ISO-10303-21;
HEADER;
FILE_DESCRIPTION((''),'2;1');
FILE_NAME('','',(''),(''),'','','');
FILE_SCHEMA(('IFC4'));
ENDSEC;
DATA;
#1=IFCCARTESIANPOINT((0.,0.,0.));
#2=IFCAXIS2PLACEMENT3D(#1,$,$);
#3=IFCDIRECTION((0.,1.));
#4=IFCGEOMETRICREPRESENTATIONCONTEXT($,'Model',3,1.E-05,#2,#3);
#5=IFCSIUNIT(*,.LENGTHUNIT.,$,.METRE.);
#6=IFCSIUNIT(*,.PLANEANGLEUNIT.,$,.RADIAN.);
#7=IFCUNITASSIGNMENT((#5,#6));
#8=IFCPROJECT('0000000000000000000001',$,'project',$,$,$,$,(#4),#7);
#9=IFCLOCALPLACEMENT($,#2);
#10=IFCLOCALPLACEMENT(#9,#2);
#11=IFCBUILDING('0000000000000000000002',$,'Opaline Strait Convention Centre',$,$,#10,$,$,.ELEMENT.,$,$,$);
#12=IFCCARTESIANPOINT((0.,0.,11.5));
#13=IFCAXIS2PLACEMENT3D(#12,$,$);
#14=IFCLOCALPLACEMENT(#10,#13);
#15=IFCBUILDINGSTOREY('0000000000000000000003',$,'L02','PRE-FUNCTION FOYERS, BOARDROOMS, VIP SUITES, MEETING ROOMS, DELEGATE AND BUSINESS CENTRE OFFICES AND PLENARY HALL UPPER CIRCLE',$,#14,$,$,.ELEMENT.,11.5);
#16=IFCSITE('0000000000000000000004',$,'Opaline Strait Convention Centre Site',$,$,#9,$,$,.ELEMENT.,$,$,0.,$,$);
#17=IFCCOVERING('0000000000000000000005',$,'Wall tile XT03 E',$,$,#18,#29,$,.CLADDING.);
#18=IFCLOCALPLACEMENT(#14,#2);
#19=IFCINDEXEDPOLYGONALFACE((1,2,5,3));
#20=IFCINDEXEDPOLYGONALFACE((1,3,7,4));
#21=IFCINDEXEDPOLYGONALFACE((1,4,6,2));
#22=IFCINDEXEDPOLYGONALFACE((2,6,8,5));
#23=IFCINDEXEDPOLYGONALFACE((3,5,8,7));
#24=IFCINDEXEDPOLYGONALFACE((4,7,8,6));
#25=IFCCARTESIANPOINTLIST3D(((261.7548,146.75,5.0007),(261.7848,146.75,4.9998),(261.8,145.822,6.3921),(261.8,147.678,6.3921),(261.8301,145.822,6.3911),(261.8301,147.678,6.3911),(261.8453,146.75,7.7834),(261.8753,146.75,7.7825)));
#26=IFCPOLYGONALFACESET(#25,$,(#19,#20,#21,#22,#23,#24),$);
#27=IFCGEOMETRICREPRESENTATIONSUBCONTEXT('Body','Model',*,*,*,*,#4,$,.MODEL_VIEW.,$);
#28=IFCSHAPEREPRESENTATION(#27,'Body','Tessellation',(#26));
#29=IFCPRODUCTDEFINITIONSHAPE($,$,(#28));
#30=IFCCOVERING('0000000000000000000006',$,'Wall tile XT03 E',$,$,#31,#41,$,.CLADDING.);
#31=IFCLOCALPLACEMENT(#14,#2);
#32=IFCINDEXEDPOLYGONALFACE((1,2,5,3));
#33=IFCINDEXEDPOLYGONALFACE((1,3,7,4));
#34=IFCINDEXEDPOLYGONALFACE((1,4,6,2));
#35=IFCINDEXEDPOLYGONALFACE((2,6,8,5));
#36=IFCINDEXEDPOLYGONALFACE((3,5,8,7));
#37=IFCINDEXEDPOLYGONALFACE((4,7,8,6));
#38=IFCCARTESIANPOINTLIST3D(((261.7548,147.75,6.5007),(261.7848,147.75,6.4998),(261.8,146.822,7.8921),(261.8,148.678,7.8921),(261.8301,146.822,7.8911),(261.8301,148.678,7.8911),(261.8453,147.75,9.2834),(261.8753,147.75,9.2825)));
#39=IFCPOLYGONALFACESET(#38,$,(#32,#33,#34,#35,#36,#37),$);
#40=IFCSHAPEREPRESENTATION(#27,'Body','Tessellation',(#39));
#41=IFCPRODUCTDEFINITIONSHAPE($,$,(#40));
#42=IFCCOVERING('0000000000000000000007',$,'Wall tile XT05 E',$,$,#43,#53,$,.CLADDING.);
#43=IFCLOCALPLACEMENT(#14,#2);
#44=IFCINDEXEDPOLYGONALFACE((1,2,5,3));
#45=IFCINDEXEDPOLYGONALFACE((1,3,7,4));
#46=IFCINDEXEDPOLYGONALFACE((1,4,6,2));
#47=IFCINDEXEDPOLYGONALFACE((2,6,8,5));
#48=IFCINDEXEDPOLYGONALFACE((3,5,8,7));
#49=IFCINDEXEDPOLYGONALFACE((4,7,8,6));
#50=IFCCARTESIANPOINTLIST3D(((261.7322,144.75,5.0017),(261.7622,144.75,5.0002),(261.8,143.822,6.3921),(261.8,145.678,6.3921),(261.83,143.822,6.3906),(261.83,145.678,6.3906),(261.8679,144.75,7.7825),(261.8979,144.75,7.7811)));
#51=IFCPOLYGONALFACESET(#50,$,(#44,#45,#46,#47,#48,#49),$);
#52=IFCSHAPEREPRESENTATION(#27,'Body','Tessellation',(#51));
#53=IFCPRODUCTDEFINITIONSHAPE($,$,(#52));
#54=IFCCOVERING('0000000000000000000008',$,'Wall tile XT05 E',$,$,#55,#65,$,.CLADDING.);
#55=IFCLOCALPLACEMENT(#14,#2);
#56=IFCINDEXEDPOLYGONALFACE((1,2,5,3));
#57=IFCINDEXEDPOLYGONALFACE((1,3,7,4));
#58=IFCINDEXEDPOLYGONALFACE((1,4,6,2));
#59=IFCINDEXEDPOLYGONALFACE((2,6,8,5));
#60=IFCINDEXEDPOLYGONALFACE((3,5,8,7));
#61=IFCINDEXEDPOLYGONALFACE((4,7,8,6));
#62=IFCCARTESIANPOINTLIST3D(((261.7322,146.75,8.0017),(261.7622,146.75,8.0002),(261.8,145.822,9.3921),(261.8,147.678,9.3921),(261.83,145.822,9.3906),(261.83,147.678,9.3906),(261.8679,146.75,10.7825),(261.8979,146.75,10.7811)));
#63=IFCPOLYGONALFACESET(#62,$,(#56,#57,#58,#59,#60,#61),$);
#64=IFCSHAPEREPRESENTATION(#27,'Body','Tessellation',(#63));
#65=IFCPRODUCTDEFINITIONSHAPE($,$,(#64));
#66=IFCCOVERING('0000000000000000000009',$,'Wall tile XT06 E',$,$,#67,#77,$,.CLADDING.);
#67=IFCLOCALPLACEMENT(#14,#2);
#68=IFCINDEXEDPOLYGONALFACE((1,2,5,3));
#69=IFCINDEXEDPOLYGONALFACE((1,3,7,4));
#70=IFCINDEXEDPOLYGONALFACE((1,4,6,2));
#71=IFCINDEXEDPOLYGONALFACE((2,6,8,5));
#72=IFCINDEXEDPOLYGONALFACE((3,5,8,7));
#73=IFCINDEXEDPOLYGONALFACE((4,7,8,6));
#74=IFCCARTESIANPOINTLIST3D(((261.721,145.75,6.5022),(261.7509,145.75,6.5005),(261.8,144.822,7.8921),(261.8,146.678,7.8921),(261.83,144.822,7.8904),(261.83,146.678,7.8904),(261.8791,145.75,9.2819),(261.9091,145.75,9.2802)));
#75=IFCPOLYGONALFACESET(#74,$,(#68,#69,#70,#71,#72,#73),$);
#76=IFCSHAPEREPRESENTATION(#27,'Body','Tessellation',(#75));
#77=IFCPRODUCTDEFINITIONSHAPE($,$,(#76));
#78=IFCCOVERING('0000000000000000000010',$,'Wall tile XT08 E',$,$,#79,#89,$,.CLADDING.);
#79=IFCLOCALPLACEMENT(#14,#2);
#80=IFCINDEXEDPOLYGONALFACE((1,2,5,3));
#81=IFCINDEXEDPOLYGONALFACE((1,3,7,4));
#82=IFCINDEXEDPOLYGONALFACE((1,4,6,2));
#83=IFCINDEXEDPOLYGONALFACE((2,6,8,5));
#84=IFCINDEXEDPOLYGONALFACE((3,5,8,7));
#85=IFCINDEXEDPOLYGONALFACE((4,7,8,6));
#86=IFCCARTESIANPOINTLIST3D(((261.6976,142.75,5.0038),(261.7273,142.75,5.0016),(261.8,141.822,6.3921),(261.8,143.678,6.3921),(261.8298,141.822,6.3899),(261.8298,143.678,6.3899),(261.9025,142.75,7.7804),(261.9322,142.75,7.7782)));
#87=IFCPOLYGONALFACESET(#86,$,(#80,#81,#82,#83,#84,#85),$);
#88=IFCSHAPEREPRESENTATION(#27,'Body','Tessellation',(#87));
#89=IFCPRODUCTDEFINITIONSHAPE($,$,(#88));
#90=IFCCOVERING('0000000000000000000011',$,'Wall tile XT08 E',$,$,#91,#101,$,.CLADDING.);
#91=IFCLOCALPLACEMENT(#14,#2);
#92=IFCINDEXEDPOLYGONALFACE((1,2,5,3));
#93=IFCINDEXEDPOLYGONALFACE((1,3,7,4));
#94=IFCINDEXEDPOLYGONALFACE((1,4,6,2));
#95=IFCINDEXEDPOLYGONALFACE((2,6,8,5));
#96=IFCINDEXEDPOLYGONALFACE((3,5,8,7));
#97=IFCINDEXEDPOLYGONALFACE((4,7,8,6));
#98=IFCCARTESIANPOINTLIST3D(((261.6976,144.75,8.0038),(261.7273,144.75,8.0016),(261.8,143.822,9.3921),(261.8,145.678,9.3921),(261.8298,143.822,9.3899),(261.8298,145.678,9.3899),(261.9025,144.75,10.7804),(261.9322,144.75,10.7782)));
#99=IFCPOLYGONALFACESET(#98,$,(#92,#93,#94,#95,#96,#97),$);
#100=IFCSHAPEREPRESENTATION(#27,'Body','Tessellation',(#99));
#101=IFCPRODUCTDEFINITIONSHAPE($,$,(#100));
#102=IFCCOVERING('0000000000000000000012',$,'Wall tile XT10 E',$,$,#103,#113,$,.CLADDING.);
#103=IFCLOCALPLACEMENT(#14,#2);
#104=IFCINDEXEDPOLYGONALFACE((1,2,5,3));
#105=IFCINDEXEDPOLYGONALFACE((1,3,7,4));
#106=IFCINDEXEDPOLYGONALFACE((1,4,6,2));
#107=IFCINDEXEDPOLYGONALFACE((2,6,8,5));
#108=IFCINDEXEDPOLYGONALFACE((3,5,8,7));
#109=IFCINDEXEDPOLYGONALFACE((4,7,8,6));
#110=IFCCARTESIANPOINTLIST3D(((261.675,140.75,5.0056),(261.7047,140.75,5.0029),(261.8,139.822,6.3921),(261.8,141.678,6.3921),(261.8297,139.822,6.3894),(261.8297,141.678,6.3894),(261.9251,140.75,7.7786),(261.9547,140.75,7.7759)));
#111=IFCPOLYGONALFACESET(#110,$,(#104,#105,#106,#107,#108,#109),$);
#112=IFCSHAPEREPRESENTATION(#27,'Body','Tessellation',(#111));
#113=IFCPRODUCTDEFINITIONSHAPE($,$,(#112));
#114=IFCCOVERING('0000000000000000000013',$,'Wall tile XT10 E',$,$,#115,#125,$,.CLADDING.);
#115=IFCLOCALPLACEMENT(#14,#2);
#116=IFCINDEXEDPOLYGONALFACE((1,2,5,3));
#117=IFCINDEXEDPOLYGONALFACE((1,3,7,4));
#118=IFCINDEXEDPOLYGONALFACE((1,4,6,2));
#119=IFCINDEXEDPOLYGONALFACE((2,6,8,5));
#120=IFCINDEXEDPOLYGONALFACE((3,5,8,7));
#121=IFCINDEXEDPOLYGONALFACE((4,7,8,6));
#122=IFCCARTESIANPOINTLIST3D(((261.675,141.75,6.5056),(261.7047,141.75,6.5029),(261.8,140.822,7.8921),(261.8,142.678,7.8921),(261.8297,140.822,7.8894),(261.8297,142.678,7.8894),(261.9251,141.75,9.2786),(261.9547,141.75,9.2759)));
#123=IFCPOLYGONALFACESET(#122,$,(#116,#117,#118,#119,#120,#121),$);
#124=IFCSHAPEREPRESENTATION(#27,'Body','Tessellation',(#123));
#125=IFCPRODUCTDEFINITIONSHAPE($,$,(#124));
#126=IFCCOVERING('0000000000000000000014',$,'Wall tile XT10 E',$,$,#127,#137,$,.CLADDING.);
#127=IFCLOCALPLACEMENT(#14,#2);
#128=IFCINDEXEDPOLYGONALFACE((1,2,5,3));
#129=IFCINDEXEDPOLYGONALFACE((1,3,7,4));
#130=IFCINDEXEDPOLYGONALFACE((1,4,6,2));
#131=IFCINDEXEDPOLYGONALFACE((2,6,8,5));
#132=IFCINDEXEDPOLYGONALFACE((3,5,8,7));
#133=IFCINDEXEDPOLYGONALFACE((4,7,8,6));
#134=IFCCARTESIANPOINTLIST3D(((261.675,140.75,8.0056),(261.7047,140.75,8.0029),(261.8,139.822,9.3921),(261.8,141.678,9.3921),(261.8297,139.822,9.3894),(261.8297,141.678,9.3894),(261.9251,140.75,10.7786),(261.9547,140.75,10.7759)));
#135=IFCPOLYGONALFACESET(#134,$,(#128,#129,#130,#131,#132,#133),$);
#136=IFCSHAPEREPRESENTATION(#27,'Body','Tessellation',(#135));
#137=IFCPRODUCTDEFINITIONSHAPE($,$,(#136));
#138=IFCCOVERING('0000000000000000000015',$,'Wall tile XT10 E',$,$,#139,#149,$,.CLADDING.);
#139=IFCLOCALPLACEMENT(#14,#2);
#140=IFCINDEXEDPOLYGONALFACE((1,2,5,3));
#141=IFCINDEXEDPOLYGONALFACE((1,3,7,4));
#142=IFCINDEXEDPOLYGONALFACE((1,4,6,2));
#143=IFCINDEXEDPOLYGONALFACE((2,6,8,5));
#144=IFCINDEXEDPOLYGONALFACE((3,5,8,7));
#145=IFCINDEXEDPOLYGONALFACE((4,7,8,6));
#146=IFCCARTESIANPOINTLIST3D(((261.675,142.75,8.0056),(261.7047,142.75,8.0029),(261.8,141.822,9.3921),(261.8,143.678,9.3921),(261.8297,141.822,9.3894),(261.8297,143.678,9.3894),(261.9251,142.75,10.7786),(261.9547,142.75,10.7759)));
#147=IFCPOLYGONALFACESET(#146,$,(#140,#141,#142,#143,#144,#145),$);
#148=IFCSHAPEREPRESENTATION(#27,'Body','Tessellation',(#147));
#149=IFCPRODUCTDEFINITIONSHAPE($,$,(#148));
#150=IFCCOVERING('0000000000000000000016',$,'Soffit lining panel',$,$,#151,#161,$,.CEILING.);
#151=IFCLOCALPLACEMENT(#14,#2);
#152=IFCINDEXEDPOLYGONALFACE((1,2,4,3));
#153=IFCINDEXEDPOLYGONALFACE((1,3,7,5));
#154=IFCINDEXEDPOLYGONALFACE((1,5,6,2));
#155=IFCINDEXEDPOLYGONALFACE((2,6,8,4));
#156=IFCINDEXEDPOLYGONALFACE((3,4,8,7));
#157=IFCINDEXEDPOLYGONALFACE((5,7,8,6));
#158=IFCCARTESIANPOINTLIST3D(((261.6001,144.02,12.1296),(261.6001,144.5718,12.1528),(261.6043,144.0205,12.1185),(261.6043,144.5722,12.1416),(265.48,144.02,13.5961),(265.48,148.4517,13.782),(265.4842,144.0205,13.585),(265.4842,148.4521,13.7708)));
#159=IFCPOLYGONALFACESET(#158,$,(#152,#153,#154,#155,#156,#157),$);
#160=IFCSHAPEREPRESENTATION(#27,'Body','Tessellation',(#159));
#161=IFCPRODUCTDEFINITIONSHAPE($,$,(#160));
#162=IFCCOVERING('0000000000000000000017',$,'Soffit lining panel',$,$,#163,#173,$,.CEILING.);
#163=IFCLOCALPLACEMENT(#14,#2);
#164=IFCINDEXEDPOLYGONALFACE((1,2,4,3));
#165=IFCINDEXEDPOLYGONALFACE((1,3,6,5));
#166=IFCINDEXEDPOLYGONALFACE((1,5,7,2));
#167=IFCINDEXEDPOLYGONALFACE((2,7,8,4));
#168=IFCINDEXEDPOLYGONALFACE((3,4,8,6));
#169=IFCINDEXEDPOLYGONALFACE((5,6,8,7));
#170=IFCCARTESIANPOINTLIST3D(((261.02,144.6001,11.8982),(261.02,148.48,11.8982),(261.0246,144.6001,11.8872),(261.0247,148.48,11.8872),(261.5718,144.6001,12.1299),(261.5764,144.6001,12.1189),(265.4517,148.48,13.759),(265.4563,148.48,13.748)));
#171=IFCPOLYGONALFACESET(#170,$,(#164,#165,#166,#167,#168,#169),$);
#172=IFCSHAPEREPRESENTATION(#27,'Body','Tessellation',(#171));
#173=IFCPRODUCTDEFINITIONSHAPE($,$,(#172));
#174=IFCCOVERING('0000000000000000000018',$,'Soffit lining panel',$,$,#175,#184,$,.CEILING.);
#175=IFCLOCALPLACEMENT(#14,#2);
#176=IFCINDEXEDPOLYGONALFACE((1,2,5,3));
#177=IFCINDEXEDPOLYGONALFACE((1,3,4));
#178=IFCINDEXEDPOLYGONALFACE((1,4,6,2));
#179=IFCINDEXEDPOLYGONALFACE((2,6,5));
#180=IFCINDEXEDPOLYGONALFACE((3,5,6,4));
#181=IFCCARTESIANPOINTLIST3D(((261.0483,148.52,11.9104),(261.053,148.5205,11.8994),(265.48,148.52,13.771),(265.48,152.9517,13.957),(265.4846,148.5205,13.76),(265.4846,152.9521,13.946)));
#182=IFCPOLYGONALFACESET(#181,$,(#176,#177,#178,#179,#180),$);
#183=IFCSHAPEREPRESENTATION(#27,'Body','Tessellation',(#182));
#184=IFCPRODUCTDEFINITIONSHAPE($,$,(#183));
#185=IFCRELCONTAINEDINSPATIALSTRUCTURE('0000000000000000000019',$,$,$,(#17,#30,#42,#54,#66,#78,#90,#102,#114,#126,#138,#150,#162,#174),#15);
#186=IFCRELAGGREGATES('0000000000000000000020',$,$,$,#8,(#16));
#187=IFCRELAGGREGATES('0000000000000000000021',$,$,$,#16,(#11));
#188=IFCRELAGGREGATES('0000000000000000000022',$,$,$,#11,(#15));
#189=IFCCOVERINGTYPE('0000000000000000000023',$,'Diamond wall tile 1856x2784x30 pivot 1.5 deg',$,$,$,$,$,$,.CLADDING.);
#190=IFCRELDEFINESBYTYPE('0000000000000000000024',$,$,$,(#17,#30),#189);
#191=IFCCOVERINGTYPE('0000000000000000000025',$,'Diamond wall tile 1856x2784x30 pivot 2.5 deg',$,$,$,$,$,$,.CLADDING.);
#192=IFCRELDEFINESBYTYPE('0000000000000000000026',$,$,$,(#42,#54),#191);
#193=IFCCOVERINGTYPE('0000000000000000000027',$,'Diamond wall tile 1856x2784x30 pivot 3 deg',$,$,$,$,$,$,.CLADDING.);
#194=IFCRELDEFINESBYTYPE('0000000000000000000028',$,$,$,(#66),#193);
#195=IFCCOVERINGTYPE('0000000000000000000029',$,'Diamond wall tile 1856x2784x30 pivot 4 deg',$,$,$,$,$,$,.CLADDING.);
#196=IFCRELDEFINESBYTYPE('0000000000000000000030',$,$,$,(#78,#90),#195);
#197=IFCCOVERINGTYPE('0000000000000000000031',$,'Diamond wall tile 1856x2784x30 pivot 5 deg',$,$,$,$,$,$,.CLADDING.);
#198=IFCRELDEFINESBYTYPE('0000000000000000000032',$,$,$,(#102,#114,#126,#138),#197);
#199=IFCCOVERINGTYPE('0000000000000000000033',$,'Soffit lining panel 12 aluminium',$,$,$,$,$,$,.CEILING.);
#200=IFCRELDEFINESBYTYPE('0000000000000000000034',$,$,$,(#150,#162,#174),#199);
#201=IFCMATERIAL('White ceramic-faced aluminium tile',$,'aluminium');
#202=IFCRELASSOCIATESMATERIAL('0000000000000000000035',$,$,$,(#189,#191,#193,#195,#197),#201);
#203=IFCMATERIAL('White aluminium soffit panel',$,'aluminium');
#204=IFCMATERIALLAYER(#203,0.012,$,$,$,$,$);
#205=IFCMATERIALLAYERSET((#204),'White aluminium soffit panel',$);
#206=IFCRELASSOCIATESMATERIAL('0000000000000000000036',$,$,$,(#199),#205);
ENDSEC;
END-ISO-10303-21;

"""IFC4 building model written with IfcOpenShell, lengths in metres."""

from ifc_helpers import new_model, si_unit, direction, frame, origin, place, context, subcontext, project, spatial, polyline, outline, extrude, material, layer, layer_set, material_profile, profile_set, type_object, element, save


model = new_model("IFC4")

# Units and contexts
model_context = context("Model", 3, precision=1e-05, world=origin(), true_north=direction((0.0, 1.0)))
body_context = subcontext(model_context, "Body", "Model", "MODEL_VIEW")
ifc_project = project(units=[si_unit("LENGTHUNIT", "METRE"), si_unit("PLANEANGLEUNIT", "RADIAN")], contexts=[model_context])

# Site, building, storey
site_placement = place(None, origin())
site = spatial("IfcSite", under=ifc_project, at=site_placement, Name="Opaline Strait Convention Centre Site", CompositionType="ELEMENT", RefElevation=0.0)
building_placement = place(site_placement, origin())
building = spatial("IfcBuilding", under=site, at=building_placement, Name="Opaline Strait Convention Centre", CompositionType="ELEMENT")
storey_placement = place(building_placement, frame((0.0, 0.0, 11.5)))
storey = spatial("IfcBuildingStorey", under=building, at=storey_placement, Name="L02", Description="PRE-FUNCTION FOYERS, BOARDROOMS, VIP SUITES, MEETING ROOMS, DELEGATE AND BUSINESS CENTRE OFFICES AND PLENARY HALL UPPER CIRCLE", CompositionType="ELEMENT", Elevation=11.5)

# Coverings
ifc_material_1 = material(Name="White ceramic-faced aluminium tile", Category="aluminium")
ifc_material_profile_1 = material_profile(ifc_material_1, outline(polyline([(0.928, 0.0), (0.0, 1.3921), (-0.928, 0.0), (0.0, -1.3921), (0.928, 0.0)])), Name="Diamond tile 1856x2784")
ifc_profile_set_1 = profile_set([ifc_material_profile_1], Name="White ceramic-faced aluminium tile")
covering_type_1 = type_object("IfcCoveringType", Name="Diamond wall tile 1856x2784x30 pivot 1.5 deg", PredefinedType="CLADDING", material=ifc_profile_set_1)
for number, where, z_axis, x_axis, name in (
    (1, (261.8, 146.75, 6.3921), (0.999472, 0.0, -0.032503), (0.0, 1.0, 0.0), "Wall tile XT03 E"),
    (2, (261.8, 147.75, 7.8921), (0.999472, 0.0, -0.032503), (0.0, 1.0, 0.0), "Wall tile XT03 E"),
):
    element("IfcCovering", number, at=place(storey_placement, frame(where, z_axis=z_axis, x_axis=x_axis)), inside=storey, type_object=covering_type_1, Name=name, PredefinedType="CLADDING", context=body_context, shape_type="SweptSolid", body=[
        extrude(outline(polyline([(0.928, 0.0), (0.0, 1.3921), (-0.928, 0.0), (0.0, -1.3921), (0.928, 0.0)])), origin(), (0.0, 0.0, 1.0), 0.03),
    ])
ifc_material_profile_2 = material_profile(ifc_material_1, outline(polyline([(0.928, 0.0), (0.0, 1.3921), (-0.928, 0.0), (0.0, -1.3921), (0.928, 0.0)])), Name="Diamond tile 1856x2784")
ifc_profile_set_2 = profile_set([ifc_material_profile_2], Name="White ceramic-faced aluminium tile")
covering_type_2 = type_object("IfcCoveringType", Name="Diamond wall tile 1856x2784x30 pivot 2.5 deg", PredefinedType="CLADDING", material=ifc_profile_set_2)
for number, where, z_axis, x_axis, name in (
    (3, (261.8, 144.75, 6.3921), (0.998812, 0.0, -0.048723), (0.0, 1.0, 0.0), "Wall tile XT05 E"),
    (4, (261.8, 146.75, 9.3921), (0.998812, 0.0, -0.048723), (0.0, 1.0, 0.0), "Wall tile XT05 E"),
):
    element("IfcCovering", number, at=place(storey_placement, frame(where, z_axis=z_axis, x_axis=x_axis)), inside=storey, type_object=covering_type_2, Name=name, PredefinedType="CLADDING", context=body_context, shape_type="SweptSolid", body=[
        extrude(outline(polyline([(0.928, 0.0), (0.0, 1.3921), (-0.928, 0.0), (0.0, -1.3921), (0.928, 0.0)])), origin(), (0.0, 0.0, 1.0), 0.03),
    ])
ifc_material_profile_3 = material_profile(ifc_material_1, outline(polyline([(0.928, 0.0), (0.0, 1.3921), (-0.928, 0.0), (0.0, -1.3921), (0.928, 0.0)])), Name="Diamond tile 1856x2784")
ifc_profile_set_3 = profile_set([ifc_material_profile_3], Name="White ceramic-faced aluminium tile")
covering_type_3 = type_object("IfcCoveringType", Name="Diamond wall tile 1856x2784x30 pivot 3 deg", PredefinedType="CLADDING", material=ifc_profile_set_3)
covering_1_placement = place(storey_placement, frame((261.8, 145.75, 7.8921), z_axis=(0.998385, 0.0, -0.056819), x_axis=(0.0, 1.0, 0.0)))
element("IfcCovering", 5, at=covering_1_placement, inside=storey, type_object=covering_type_3, Name="Wall tile XT06 E", PredefinedType="CLADDING", context=body_context, shape_type="SweptSolid", body=[
    extrude(outline(polyline([(0.928, 0.0), (0.0, 1.3921), (-0.928, 0.0), (0.0, -1.3921), (0.928, 0.0)])), origin(), (0.0, 0.0, 1.0), 0.03),
])
ifc_material_profile_4 = material_profile(ifc_material_1, outline(polyline([(0.928, 0.0), (0.0, 1.3921), (-0.928, 0.0), (0.0, -1.3921), (0.928, 0.0)])), Name="Diamond tile 1856x2784")
ifc_profile_set_4 = profile_set([ifc_material_profile_4], Name="White ceramic-faced aluminium tile")
covering_type_4 = type_object("IfcCoveringType", Name="Diamond wall tile 1856x2784x30 pivot 4 deg", PredefinedType="CLADDING", material=ifc_profile_set_4)
for number, where, z_axis, x_axis, name in (
    (6, (261.8, 142.75, 6.3921), (0.99729, 0.0, -0.073571), (0.0, 1.0, 0.0), "Wall tile XT08 E"),
    (7, (261.8, 144.75, 9.3921), (0.99729, 0.0, -0.073571), (0.0, 1.0, 0.0), "Wall tile XT08 E"),
):
    element("IfcCovering", number, at=place(storey_placement, frame(where, z_axis=z_axis, x_axis=x_axis)), inside=storey, type_object=covering_type_4, Name=name, PredefinedType="CLADDING", context=body_context, shape_type="SweptSolid", body=[
        extrude(outline(polyline([(0.928, 0.0), (0.0, 1.3921), (-0.928, 0.0), (0.0, -1.3921), (0.928, 0.0)])), origin(), (0.0, 0.0, 1.0), 0.0298),
    ])
ifc_material_profile_5 = material_profile(ifc_material_1, outline(polyline([(0.928, 0.0), (0.0, 1.3921), (-0.928, 0.0), (0.0, -1.3921), (0.928, 0.0)])), Name="Diamond tile 1856x2784")
ifc_profile_set_5 = profile_set([ifc_material_profile_5], Name="White ceramic-faced aluminium tile")
covering_type_5 = type_object("IfcCoveringType", Name="Diamond wall tile 1856x2784x30 pivot 5 deg", PredefinedType="CLADDING", material=ifc_profile_set_5)
for number, where, z_axis, x_axis, name in (
    (8, (261.8, 140.75, 6.3921), (0.99596, 0.0, -0.0898), (0.0, 1.0, 0.0), "Wall tile XT10 E"),
    (9, (261.8, 141.75, 7.8921), (0.99596, 0.0, -0.0898), (0.0, 1.0, 0.0), "Wall tile XT10 E"),
    (10, (261.8, 140.75, 9.3921), (0.99596, 0.0, -0.0898), (0.0, 1.0, 0.0), "Wall tile XT10 E"),
    (11, (261.8, 142.75, 9.3921), (0.99596, 0.0, -0.0898), (0.0, 1.0, 0.0), "Wall tile XT10 E"),
):
    element("IfcCovering", number, at=place(storey_placement, frame(where, z_axis=z_axis, x_axis=x_axis)), inside=storey, type_object=covering_type_5, Name=name, PredefinedType="CLADDING", context=body_context, shape_type="SweptSolid", body=[
        extrude(outline(polyline([(0.928, 0.0), (0.0, 1.3921), (-0.928, 0.0), (0.0, -1.3921), (0.928, 0.0)])), origin(), (0.0, 0.0, 1.0), 0.0298),
    ])
ifc_material_2 = material(Name="White aluminium soffit panel", Category="aluminium")
ifc_layer = layer(ifc_material_2, 0.012)
ifc_layer_set = layer_set([ifc_layer], Name="White aluminium soffit panel")
covering_type_6 = type_object("IfcCoveringType", Name="Soffit lining panel 12 aluminium", PredefinedType="CEILING", material=ifc_layer_set)
covering_2_placement = place(storey_placement, frame((261.6001, 144.02, 12.1296), z_axis=(-0.35329, -0.039197, 0.934692), x_axis=(0.000033, 0.999121, 0.041912)))
element("IfcCovering", 12, at=covering_2_placement, inside=storey, type_object=covering_type_6, Name="Soffit lining panel", PredefinedType="CEILING", context=body_context, shape_type="SweptSolid", body=[
    extrude(outline(polyline([(0.0, 0.0), (0.5522, 0.0), (4.4971, -4.1472), (0.0616, -4.1473), (0.0, 0.0)])), origin(), (0.0, 0.0, -1.0), 0.012),
])
covering_3_placement = place(storey_placement, frame((261.5718, 144.6001, 12.1299), z_axis=(-0.387154, 0.000002, 0.922015), x_axis=(-0.922015, 0.0, -0.387154)))
element("IfcCovering", 13, at=covering_3_placement, inside=storey, type_object=covering_type_6, Name="Soffit lining panel", PredefinedType="CEILING", context=body_context, shape_type="SweptSolid", body=[
    extrude(outline(polyline([(0.0, 0.0), (0.5984, 0.0), (0.5984, -3.8799), (-4.208, -3.8799), (0.0, 0.0)])), origin(), (0.0, 0.0, -1.0), 0.012),
])
covering_4_placement = place(storey_placement, frame((261.0483, 148.52, 11.9104), z_axis=(-0.38682, -0.038677, 0.921344), x_axis=(0.672174, 0.672174, 0.310425)))
element("IfcCovering", 14, at=covering_4_placement, inside=storey, type_object=covering_type_6, Name="Soffit lining panel", PredefinedType="CEILING", context=body_context, shape_type="SweptSolid", body=[
    extrude(outline(polyline([(0.0, 0.0), (6.593, 0.0), (3.5564, -3.2331), (0.0, 0.0)])), origin(), (0.0, 0.0, -1.0), 0.012),
])

save(model, "model.ifc")
